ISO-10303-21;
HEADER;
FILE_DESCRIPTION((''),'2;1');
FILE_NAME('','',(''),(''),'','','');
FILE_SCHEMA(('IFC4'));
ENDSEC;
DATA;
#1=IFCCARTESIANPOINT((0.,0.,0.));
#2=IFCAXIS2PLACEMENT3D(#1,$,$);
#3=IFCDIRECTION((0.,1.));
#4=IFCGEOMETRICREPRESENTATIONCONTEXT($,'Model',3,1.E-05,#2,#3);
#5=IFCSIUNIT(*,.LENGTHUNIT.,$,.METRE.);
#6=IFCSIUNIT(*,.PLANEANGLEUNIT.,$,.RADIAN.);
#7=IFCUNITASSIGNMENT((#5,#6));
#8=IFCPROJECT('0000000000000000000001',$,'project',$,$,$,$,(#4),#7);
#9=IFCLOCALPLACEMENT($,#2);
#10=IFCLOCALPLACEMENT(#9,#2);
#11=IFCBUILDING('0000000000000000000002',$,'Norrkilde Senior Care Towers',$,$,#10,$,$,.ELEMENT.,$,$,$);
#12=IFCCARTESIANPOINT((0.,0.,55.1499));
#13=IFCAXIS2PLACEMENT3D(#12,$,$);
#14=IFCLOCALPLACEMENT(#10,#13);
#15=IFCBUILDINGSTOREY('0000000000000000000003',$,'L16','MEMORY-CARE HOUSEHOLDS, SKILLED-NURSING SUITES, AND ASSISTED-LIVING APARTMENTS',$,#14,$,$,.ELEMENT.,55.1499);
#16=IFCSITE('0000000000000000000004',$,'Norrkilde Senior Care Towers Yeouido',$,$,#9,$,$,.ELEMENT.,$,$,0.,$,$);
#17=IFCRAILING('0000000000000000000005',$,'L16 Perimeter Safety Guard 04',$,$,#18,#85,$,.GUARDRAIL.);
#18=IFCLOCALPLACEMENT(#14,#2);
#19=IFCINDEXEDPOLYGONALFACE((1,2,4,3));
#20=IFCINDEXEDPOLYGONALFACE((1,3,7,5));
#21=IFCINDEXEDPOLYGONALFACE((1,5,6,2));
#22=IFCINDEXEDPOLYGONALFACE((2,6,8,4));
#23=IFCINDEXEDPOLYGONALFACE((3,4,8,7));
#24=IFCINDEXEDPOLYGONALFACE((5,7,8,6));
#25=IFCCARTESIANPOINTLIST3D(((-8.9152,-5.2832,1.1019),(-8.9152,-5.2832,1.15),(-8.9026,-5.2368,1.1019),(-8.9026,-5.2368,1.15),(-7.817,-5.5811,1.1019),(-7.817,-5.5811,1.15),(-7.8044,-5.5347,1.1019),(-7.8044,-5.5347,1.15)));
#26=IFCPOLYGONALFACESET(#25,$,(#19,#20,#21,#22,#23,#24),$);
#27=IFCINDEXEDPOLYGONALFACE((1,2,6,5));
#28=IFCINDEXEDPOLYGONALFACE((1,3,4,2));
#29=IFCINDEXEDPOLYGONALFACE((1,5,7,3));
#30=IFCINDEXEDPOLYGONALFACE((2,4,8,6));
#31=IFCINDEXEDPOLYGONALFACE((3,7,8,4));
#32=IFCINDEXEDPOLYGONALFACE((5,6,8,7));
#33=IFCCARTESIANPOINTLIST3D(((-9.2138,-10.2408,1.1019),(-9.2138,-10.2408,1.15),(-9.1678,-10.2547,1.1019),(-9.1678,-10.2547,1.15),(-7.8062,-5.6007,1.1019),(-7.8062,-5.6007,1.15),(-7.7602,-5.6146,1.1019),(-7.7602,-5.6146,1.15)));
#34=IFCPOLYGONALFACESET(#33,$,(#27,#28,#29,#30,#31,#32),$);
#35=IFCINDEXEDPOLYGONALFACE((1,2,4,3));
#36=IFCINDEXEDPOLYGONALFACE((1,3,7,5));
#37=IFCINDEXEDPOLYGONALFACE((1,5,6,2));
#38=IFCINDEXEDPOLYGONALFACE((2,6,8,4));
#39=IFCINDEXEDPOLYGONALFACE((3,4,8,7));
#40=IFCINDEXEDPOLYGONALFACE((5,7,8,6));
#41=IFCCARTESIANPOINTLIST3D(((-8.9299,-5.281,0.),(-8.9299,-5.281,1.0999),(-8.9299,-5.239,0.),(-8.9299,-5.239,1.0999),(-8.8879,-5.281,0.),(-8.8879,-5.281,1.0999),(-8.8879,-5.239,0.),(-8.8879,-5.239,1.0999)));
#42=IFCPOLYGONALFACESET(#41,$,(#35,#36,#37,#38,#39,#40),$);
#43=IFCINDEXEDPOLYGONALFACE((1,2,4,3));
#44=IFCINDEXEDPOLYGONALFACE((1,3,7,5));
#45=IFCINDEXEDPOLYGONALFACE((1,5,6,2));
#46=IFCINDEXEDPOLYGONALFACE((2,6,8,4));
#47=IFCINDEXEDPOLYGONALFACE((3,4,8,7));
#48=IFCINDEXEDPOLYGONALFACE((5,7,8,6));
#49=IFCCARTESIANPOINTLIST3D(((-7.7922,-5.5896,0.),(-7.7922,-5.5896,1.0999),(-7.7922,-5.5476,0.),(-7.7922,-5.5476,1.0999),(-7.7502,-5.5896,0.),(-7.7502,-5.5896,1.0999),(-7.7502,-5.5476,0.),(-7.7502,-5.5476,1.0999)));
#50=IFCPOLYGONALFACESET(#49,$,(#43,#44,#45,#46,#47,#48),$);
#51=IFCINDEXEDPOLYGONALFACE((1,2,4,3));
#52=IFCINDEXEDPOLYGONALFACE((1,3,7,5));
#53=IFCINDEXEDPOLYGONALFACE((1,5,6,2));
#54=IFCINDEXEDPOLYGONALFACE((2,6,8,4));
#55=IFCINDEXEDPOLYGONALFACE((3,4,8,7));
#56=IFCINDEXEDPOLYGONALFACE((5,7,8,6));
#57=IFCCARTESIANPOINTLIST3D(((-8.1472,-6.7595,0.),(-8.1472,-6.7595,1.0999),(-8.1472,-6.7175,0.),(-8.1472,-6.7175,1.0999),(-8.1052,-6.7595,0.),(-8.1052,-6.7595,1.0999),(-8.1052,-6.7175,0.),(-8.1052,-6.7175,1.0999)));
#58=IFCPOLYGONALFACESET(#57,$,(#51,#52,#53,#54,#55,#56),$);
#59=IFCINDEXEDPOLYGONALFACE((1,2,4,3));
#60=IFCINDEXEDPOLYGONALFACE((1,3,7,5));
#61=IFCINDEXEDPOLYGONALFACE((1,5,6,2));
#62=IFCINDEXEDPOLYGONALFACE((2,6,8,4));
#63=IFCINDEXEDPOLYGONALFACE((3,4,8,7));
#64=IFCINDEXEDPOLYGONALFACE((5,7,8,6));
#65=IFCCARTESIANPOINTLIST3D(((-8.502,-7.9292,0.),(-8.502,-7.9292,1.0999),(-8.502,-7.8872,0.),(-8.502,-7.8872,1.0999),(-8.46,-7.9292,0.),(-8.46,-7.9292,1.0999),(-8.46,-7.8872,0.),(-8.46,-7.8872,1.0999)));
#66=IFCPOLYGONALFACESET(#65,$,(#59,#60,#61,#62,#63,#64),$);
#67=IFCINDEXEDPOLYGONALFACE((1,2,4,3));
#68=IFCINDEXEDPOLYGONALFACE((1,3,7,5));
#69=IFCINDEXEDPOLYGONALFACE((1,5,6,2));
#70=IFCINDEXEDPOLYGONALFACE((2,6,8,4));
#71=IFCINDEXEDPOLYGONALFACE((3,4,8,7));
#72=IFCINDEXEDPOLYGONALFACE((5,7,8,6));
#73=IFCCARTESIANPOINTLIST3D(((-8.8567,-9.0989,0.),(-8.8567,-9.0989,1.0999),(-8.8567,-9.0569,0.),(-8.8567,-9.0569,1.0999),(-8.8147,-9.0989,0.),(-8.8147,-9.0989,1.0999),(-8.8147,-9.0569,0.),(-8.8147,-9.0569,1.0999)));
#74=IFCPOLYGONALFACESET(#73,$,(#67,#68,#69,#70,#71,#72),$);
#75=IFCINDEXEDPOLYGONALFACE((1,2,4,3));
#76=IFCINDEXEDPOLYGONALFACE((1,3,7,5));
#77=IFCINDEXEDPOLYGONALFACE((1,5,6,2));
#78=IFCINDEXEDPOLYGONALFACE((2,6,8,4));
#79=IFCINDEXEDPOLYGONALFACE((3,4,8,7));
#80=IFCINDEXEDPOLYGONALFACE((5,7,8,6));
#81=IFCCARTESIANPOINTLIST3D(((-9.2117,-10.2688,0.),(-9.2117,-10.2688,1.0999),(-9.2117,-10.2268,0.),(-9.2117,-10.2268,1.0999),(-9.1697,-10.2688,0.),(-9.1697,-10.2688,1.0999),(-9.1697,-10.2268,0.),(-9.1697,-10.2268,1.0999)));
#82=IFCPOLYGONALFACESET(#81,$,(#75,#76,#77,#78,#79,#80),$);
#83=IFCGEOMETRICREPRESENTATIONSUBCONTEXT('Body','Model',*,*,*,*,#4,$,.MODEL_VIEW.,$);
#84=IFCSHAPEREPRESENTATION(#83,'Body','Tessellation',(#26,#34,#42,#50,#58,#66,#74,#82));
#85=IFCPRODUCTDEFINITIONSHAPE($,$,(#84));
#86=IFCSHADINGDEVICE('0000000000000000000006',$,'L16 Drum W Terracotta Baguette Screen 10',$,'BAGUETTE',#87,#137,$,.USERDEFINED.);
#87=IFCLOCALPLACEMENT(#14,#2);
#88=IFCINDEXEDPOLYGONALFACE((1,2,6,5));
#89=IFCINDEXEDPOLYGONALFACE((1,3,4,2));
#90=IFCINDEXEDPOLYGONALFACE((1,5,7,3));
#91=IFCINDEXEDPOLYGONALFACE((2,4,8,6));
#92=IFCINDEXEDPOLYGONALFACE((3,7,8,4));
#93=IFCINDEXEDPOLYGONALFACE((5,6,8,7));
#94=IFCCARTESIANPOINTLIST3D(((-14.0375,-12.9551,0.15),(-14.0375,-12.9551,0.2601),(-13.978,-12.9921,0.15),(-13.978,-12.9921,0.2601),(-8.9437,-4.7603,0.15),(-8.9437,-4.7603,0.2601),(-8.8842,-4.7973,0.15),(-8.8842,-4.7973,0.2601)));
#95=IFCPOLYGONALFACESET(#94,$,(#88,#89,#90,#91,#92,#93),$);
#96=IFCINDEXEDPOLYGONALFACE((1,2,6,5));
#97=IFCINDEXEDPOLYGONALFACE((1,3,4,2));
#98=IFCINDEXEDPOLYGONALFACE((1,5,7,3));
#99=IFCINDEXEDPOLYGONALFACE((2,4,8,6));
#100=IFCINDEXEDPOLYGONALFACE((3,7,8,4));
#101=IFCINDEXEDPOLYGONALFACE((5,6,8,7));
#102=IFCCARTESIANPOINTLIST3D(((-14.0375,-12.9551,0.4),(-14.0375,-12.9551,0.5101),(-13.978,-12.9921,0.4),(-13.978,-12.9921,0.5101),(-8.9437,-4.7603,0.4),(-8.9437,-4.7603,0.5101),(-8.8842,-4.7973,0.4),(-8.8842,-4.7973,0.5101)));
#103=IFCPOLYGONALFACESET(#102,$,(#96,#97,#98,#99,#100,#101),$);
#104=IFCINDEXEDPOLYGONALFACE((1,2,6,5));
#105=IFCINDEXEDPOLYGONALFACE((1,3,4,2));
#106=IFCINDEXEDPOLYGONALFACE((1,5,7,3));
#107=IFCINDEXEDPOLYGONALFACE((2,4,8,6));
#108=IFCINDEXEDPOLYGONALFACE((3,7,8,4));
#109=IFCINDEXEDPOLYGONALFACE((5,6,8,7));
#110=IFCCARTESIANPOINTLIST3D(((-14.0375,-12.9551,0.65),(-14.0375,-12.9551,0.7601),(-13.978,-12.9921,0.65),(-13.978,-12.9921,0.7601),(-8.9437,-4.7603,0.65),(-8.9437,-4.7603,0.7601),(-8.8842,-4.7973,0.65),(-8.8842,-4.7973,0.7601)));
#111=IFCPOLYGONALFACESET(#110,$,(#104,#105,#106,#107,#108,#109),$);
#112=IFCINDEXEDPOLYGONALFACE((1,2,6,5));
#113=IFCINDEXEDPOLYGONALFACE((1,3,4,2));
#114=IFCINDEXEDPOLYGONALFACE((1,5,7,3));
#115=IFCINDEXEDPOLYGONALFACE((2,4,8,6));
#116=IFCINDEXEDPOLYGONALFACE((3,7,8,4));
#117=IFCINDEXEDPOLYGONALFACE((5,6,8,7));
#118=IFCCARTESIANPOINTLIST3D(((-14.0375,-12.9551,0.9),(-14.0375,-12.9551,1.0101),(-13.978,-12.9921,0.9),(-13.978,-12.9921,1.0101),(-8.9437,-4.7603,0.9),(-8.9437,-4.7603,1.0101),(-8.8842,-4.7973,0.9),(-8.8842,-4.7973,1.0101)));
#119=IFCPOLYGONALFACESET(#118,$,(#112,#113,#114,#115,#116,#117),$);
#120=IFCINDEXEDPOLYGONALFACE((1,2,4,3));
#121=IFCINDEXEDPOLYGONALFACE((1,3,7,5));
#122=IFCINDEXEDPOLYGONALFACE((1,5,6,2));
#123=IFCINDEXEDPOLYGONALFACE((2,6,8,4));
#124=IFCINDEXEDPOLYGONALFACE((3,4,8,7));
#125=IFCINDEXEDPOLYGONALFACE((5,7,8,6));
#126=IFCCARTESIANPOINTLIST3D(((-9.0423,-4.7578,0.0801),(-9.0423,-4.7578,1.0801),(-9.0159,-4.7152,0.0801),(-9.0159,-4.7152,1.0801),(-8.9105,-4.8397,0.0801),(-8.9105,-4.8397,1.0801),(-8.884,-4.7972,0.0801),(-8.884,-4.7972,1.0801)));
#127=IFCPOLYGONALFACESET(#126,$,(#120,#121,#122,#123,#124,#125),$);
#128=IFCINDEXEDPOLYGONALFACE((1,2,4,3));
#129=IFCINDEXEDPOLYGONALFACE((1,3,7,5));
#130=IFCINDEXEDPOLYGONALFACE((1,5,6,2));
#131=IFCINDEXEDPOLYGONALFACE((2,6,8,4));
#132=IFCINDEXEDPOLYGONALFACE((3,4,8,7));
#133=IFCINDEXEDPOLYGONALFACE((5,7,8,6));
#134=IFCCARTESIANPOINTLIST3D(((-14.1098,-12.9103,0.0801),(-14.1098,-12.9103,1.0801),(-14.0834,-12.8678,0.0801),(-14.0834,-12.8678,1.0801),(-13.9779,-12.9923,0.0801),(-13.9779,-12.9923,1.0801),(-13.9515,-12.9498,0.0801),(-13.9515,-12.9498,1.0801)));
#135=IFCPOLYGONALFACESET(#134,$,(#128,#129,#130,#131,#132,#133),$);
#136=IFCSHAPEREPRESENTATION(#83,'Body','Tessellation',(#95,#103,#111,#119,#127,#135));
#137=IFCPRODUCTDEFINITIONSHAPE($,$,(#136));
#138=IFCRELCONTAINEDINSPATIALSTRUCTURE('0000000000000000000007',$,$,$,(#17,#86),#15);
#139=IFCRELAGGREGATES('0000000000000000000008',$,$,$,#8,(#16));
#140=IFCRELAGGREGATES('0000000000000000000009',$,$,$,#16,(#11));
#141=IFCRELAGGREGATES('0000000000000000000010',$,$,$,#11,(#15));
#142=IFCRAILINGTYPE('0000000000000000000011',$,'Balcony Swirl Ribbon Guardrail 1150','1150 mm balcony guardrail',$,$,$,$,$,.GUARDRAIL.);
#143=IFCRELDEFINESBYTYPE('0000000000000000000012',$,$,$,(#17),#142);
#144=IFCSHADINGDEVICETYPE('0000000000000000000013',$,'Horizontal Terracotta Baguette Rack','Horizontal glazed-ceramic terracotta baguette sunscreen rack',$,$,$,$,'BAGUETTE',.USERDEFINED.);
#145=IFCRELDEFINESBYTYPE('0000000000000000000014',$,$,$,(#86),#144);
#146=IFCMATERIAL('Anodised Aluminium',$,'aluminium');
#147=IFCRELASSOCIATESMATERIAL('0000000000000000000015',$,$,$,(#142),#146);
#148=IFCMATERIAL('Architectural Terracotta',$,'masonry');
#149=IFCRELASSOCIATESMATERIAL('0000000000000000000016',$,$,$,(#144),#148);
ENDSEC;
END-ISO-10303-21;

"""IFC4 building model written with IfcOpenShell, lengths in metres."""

from ifc_helpers import new_model, si_unit, direction, frame, origin, origin_2d, place, context, subcontext, project, spatial, rectangle, extrude, source, transform, mapped, material, type_object, type_shapes, element, save


model = new_model("IFC4")

# Units and contexts
model_context = context("Model", 3, precision=1e-05, world=origin(), true_north=direction((0.0, 1.0)))
body_context = subcontext(model_context, "Body", "Model", "MODEL_VIEW")
ifc_project = project(units=[si_unit("LENGTHUNIT", "METRE"), si_unit("PLANEANGLEUNIT", "RADIAN")], contexts=[model_context])

# Site, building, storey
site_placement = place(None, origin())
site = spatial("IfcSite", under=ifc_project, at=site_placement, Name="Norrkilde Senior Care Towers Yeouido", CompositionType="ELEMENT", RefElevation=0.0)
building_placement = place(site_placement, origin())
building = spatial("IfcBuilding", under=site, at=building_placement, Name="Norrkilde Senior Care Towers", CompositionType="ELEMENT")
storey_placement = place(building_placement, frame((0.0, 0.0, 55.1499)))
storey = spatial("IfcBuildingStorey", under=building, at=storey_placement, Name="L16", Description="MEMORY-CARE HOUSEHOLDS, SKILLED-NURSING SUITES, AND ASSISTED-LIVING APARTMENTS", CompositionType="ELEMENT", Elevation=55.1499)

# Shared definitions
ifc_material_1 = material(Name="Anodised Aluminium", Category="aluminium")

# Railing
railing_type = type_object("IfcRailingType", Name="Balcony Swirl Ribbon Guardrail 1150", Description="1150 mm balcony guardrail", PredefinedType="GUARDRAIL", material=ifc_material_1)
railing_1_placement = place(storey_placement, frame((-8.9089, -5.26, 0.0)))
element("IfcRailing", 1, at=railing_1_placement, inside=storey, type_object=railing_type, Name="L16 Perimeter Safety Guard 04", PredefinedType="GUARDRAIL", context=body_context, shape_type="SweptSolid", body=[
    extrude(rectangle(XDim=0.0481, YDim=0.0481, at=origin_2d()), frame((0.0, 0.0, 1.126), z_axis=(0.965126, -0.261785, 0.0), x_axis=(0.261785, 0.965126, 0.0)), (0.0, 0.0, 1.0), 1.1379),
    extrude(rectangle(XDim=0.0481, YDim=0.0481, at=origin_2d()), frame((1.1257, -0.3477, 1.126), z_axis=(-0.290287, -0.95694, 0.0), x_axis=(0.95694, -0.290287, 0.0)), (0.0, 0.0, 1.0), 4.8489),
    extrude(rectangle(XDim=0.042, YDim=0.042, at=origin_2d()), origin(), (0.0, 0.0, 1.0), 1.0999),
    extrude(rectangle(XDim=0.042, YDim=0.042, at=origin_2d()), frame((1.1377, -0.3086, 0.0)), (0.0, 0.0, 1.0), 1.0999),
    extrude(rectangle(XDim=0.042, YDim=0.042, at=origin_2d()), frame((0.7827, -1.4785, 0.0)), (0.0, 0.0, 1.0), 1.0999),
    extrude(rectangle(XDim=0.042, YDim=0.042, at=origin_2d()), frame((0.428, -2.6482, 0.0)), (0.0, 0.0, 1.0), 1.0999),
    extrude(rectangle(XDim=0.042, YDim=0.042, at=origin_2d()), frame((0.0732, -3.8179, 0.0)), (0.0, 0.0, 1.0), 1.0999),
    extrude(rectangle(XDim=0.042, YDim=0.042, at=origin_2d()), frame((-0.2817, -4.9878, 0.0)), (0.0, 0.0, 1.0), 1.0999),
])

# Shading device
ifc_material_2 = material(Name="Architectural Terracotta", Category="masonry")
shading_device_type = type_object("IfcShadingDeviceType", Name="Horizontal Terracotta Baguette Rack", Description="Horizontal glazed-ceramic terracotta baguette sunscreen rack", ElementType="BAGUETTE", PredefinedType="USERDEFINED", material=ifc_material_2)
shared_shape_1 = source(origin(), body_context, "Body", "SweptSolid", [
    extrude(rectangle(XDim=0.0701, YDim=0.1101, at=origin_2d()), frame((0.0, 0.0901, 0.125), z_axis=(1.0, 0.0, 0.0), x_axis=(0.0, 1.0, 0.0)), (0.0, 0.0, 1.0), 9.6489),
    extrude(rectangle(XDim=0.0701, YDim=0.1101, at=origin_2d()), frame((0.0, 0.0901, 0.375), z_axis=(1.0, 0.0, 0.0), x_axis=(0.0, 1.0, 0.0)), (0.0, 0.0, 1.0), 9.6489),
    extrude(rectangle(XDim=0.0701, YDim=0.1101, at=origin_2d()), frame((0.0, 0.0901, 0.625), z_axis=(1.0, 0.0, 0.0), x_axis=(0.0, 1.0, 0.0)), (0.0, 0.0, 1.0), 9.6489),
    extrude(rectangle(XDim=0.0701, YDim=0.1101, at=origin_2d()), frame((0.0, 0.0901, 0.875), z_axis=(1.0, 0.0, 0.0), x_axis=(0.0, 1.0, 0.0)), (0.0, 0.0, 1.0), 9.6489),
    extrude(rectangle(XDim=0.05, YDim=0.1553, at=origin_2d()), frame((0.0249, 0.0476, 0.0)), (0.0, 0.0, 1.0), 1.0),
    extrude(rectangle(XDim=0.05, YDim=0.1553, at=origin_2d()), frame((9.624, 0.0476, 0.0)), (0.0, 0.0, 1.0), 1.0),
])
type_shapes(shading_device_type, [shared_shape_1])
shading_device_placement = place(storey_placement, frame((-8.9905, -4.7312, 0.0801), z_axis=(0.0, 0.0, 1.0), x_axis=(-0.527909, -0.849299, 0.0)))
element("IfcShadingDevice", 2, at=shading_device_placement, inside=storey, type_object=shading_device_type, Name="L16 Drum W Terracotta Baguette Screen 10", ObjectType="BAGUETTE", PredefinedType="USERDEFINED", context=body_context, shape_type="MappedRepresentation", body=[
    mapped(shared_shape_1, transform((0.0, 0.0, 0.0), x_axis=(1.0, 0.0, 0.0), y_axis=(0.0, 1.0, 0.0), z_axis=(0.0, 0.0, 1.0), scale=1.0)),
])

save(model, "model.ifc")
